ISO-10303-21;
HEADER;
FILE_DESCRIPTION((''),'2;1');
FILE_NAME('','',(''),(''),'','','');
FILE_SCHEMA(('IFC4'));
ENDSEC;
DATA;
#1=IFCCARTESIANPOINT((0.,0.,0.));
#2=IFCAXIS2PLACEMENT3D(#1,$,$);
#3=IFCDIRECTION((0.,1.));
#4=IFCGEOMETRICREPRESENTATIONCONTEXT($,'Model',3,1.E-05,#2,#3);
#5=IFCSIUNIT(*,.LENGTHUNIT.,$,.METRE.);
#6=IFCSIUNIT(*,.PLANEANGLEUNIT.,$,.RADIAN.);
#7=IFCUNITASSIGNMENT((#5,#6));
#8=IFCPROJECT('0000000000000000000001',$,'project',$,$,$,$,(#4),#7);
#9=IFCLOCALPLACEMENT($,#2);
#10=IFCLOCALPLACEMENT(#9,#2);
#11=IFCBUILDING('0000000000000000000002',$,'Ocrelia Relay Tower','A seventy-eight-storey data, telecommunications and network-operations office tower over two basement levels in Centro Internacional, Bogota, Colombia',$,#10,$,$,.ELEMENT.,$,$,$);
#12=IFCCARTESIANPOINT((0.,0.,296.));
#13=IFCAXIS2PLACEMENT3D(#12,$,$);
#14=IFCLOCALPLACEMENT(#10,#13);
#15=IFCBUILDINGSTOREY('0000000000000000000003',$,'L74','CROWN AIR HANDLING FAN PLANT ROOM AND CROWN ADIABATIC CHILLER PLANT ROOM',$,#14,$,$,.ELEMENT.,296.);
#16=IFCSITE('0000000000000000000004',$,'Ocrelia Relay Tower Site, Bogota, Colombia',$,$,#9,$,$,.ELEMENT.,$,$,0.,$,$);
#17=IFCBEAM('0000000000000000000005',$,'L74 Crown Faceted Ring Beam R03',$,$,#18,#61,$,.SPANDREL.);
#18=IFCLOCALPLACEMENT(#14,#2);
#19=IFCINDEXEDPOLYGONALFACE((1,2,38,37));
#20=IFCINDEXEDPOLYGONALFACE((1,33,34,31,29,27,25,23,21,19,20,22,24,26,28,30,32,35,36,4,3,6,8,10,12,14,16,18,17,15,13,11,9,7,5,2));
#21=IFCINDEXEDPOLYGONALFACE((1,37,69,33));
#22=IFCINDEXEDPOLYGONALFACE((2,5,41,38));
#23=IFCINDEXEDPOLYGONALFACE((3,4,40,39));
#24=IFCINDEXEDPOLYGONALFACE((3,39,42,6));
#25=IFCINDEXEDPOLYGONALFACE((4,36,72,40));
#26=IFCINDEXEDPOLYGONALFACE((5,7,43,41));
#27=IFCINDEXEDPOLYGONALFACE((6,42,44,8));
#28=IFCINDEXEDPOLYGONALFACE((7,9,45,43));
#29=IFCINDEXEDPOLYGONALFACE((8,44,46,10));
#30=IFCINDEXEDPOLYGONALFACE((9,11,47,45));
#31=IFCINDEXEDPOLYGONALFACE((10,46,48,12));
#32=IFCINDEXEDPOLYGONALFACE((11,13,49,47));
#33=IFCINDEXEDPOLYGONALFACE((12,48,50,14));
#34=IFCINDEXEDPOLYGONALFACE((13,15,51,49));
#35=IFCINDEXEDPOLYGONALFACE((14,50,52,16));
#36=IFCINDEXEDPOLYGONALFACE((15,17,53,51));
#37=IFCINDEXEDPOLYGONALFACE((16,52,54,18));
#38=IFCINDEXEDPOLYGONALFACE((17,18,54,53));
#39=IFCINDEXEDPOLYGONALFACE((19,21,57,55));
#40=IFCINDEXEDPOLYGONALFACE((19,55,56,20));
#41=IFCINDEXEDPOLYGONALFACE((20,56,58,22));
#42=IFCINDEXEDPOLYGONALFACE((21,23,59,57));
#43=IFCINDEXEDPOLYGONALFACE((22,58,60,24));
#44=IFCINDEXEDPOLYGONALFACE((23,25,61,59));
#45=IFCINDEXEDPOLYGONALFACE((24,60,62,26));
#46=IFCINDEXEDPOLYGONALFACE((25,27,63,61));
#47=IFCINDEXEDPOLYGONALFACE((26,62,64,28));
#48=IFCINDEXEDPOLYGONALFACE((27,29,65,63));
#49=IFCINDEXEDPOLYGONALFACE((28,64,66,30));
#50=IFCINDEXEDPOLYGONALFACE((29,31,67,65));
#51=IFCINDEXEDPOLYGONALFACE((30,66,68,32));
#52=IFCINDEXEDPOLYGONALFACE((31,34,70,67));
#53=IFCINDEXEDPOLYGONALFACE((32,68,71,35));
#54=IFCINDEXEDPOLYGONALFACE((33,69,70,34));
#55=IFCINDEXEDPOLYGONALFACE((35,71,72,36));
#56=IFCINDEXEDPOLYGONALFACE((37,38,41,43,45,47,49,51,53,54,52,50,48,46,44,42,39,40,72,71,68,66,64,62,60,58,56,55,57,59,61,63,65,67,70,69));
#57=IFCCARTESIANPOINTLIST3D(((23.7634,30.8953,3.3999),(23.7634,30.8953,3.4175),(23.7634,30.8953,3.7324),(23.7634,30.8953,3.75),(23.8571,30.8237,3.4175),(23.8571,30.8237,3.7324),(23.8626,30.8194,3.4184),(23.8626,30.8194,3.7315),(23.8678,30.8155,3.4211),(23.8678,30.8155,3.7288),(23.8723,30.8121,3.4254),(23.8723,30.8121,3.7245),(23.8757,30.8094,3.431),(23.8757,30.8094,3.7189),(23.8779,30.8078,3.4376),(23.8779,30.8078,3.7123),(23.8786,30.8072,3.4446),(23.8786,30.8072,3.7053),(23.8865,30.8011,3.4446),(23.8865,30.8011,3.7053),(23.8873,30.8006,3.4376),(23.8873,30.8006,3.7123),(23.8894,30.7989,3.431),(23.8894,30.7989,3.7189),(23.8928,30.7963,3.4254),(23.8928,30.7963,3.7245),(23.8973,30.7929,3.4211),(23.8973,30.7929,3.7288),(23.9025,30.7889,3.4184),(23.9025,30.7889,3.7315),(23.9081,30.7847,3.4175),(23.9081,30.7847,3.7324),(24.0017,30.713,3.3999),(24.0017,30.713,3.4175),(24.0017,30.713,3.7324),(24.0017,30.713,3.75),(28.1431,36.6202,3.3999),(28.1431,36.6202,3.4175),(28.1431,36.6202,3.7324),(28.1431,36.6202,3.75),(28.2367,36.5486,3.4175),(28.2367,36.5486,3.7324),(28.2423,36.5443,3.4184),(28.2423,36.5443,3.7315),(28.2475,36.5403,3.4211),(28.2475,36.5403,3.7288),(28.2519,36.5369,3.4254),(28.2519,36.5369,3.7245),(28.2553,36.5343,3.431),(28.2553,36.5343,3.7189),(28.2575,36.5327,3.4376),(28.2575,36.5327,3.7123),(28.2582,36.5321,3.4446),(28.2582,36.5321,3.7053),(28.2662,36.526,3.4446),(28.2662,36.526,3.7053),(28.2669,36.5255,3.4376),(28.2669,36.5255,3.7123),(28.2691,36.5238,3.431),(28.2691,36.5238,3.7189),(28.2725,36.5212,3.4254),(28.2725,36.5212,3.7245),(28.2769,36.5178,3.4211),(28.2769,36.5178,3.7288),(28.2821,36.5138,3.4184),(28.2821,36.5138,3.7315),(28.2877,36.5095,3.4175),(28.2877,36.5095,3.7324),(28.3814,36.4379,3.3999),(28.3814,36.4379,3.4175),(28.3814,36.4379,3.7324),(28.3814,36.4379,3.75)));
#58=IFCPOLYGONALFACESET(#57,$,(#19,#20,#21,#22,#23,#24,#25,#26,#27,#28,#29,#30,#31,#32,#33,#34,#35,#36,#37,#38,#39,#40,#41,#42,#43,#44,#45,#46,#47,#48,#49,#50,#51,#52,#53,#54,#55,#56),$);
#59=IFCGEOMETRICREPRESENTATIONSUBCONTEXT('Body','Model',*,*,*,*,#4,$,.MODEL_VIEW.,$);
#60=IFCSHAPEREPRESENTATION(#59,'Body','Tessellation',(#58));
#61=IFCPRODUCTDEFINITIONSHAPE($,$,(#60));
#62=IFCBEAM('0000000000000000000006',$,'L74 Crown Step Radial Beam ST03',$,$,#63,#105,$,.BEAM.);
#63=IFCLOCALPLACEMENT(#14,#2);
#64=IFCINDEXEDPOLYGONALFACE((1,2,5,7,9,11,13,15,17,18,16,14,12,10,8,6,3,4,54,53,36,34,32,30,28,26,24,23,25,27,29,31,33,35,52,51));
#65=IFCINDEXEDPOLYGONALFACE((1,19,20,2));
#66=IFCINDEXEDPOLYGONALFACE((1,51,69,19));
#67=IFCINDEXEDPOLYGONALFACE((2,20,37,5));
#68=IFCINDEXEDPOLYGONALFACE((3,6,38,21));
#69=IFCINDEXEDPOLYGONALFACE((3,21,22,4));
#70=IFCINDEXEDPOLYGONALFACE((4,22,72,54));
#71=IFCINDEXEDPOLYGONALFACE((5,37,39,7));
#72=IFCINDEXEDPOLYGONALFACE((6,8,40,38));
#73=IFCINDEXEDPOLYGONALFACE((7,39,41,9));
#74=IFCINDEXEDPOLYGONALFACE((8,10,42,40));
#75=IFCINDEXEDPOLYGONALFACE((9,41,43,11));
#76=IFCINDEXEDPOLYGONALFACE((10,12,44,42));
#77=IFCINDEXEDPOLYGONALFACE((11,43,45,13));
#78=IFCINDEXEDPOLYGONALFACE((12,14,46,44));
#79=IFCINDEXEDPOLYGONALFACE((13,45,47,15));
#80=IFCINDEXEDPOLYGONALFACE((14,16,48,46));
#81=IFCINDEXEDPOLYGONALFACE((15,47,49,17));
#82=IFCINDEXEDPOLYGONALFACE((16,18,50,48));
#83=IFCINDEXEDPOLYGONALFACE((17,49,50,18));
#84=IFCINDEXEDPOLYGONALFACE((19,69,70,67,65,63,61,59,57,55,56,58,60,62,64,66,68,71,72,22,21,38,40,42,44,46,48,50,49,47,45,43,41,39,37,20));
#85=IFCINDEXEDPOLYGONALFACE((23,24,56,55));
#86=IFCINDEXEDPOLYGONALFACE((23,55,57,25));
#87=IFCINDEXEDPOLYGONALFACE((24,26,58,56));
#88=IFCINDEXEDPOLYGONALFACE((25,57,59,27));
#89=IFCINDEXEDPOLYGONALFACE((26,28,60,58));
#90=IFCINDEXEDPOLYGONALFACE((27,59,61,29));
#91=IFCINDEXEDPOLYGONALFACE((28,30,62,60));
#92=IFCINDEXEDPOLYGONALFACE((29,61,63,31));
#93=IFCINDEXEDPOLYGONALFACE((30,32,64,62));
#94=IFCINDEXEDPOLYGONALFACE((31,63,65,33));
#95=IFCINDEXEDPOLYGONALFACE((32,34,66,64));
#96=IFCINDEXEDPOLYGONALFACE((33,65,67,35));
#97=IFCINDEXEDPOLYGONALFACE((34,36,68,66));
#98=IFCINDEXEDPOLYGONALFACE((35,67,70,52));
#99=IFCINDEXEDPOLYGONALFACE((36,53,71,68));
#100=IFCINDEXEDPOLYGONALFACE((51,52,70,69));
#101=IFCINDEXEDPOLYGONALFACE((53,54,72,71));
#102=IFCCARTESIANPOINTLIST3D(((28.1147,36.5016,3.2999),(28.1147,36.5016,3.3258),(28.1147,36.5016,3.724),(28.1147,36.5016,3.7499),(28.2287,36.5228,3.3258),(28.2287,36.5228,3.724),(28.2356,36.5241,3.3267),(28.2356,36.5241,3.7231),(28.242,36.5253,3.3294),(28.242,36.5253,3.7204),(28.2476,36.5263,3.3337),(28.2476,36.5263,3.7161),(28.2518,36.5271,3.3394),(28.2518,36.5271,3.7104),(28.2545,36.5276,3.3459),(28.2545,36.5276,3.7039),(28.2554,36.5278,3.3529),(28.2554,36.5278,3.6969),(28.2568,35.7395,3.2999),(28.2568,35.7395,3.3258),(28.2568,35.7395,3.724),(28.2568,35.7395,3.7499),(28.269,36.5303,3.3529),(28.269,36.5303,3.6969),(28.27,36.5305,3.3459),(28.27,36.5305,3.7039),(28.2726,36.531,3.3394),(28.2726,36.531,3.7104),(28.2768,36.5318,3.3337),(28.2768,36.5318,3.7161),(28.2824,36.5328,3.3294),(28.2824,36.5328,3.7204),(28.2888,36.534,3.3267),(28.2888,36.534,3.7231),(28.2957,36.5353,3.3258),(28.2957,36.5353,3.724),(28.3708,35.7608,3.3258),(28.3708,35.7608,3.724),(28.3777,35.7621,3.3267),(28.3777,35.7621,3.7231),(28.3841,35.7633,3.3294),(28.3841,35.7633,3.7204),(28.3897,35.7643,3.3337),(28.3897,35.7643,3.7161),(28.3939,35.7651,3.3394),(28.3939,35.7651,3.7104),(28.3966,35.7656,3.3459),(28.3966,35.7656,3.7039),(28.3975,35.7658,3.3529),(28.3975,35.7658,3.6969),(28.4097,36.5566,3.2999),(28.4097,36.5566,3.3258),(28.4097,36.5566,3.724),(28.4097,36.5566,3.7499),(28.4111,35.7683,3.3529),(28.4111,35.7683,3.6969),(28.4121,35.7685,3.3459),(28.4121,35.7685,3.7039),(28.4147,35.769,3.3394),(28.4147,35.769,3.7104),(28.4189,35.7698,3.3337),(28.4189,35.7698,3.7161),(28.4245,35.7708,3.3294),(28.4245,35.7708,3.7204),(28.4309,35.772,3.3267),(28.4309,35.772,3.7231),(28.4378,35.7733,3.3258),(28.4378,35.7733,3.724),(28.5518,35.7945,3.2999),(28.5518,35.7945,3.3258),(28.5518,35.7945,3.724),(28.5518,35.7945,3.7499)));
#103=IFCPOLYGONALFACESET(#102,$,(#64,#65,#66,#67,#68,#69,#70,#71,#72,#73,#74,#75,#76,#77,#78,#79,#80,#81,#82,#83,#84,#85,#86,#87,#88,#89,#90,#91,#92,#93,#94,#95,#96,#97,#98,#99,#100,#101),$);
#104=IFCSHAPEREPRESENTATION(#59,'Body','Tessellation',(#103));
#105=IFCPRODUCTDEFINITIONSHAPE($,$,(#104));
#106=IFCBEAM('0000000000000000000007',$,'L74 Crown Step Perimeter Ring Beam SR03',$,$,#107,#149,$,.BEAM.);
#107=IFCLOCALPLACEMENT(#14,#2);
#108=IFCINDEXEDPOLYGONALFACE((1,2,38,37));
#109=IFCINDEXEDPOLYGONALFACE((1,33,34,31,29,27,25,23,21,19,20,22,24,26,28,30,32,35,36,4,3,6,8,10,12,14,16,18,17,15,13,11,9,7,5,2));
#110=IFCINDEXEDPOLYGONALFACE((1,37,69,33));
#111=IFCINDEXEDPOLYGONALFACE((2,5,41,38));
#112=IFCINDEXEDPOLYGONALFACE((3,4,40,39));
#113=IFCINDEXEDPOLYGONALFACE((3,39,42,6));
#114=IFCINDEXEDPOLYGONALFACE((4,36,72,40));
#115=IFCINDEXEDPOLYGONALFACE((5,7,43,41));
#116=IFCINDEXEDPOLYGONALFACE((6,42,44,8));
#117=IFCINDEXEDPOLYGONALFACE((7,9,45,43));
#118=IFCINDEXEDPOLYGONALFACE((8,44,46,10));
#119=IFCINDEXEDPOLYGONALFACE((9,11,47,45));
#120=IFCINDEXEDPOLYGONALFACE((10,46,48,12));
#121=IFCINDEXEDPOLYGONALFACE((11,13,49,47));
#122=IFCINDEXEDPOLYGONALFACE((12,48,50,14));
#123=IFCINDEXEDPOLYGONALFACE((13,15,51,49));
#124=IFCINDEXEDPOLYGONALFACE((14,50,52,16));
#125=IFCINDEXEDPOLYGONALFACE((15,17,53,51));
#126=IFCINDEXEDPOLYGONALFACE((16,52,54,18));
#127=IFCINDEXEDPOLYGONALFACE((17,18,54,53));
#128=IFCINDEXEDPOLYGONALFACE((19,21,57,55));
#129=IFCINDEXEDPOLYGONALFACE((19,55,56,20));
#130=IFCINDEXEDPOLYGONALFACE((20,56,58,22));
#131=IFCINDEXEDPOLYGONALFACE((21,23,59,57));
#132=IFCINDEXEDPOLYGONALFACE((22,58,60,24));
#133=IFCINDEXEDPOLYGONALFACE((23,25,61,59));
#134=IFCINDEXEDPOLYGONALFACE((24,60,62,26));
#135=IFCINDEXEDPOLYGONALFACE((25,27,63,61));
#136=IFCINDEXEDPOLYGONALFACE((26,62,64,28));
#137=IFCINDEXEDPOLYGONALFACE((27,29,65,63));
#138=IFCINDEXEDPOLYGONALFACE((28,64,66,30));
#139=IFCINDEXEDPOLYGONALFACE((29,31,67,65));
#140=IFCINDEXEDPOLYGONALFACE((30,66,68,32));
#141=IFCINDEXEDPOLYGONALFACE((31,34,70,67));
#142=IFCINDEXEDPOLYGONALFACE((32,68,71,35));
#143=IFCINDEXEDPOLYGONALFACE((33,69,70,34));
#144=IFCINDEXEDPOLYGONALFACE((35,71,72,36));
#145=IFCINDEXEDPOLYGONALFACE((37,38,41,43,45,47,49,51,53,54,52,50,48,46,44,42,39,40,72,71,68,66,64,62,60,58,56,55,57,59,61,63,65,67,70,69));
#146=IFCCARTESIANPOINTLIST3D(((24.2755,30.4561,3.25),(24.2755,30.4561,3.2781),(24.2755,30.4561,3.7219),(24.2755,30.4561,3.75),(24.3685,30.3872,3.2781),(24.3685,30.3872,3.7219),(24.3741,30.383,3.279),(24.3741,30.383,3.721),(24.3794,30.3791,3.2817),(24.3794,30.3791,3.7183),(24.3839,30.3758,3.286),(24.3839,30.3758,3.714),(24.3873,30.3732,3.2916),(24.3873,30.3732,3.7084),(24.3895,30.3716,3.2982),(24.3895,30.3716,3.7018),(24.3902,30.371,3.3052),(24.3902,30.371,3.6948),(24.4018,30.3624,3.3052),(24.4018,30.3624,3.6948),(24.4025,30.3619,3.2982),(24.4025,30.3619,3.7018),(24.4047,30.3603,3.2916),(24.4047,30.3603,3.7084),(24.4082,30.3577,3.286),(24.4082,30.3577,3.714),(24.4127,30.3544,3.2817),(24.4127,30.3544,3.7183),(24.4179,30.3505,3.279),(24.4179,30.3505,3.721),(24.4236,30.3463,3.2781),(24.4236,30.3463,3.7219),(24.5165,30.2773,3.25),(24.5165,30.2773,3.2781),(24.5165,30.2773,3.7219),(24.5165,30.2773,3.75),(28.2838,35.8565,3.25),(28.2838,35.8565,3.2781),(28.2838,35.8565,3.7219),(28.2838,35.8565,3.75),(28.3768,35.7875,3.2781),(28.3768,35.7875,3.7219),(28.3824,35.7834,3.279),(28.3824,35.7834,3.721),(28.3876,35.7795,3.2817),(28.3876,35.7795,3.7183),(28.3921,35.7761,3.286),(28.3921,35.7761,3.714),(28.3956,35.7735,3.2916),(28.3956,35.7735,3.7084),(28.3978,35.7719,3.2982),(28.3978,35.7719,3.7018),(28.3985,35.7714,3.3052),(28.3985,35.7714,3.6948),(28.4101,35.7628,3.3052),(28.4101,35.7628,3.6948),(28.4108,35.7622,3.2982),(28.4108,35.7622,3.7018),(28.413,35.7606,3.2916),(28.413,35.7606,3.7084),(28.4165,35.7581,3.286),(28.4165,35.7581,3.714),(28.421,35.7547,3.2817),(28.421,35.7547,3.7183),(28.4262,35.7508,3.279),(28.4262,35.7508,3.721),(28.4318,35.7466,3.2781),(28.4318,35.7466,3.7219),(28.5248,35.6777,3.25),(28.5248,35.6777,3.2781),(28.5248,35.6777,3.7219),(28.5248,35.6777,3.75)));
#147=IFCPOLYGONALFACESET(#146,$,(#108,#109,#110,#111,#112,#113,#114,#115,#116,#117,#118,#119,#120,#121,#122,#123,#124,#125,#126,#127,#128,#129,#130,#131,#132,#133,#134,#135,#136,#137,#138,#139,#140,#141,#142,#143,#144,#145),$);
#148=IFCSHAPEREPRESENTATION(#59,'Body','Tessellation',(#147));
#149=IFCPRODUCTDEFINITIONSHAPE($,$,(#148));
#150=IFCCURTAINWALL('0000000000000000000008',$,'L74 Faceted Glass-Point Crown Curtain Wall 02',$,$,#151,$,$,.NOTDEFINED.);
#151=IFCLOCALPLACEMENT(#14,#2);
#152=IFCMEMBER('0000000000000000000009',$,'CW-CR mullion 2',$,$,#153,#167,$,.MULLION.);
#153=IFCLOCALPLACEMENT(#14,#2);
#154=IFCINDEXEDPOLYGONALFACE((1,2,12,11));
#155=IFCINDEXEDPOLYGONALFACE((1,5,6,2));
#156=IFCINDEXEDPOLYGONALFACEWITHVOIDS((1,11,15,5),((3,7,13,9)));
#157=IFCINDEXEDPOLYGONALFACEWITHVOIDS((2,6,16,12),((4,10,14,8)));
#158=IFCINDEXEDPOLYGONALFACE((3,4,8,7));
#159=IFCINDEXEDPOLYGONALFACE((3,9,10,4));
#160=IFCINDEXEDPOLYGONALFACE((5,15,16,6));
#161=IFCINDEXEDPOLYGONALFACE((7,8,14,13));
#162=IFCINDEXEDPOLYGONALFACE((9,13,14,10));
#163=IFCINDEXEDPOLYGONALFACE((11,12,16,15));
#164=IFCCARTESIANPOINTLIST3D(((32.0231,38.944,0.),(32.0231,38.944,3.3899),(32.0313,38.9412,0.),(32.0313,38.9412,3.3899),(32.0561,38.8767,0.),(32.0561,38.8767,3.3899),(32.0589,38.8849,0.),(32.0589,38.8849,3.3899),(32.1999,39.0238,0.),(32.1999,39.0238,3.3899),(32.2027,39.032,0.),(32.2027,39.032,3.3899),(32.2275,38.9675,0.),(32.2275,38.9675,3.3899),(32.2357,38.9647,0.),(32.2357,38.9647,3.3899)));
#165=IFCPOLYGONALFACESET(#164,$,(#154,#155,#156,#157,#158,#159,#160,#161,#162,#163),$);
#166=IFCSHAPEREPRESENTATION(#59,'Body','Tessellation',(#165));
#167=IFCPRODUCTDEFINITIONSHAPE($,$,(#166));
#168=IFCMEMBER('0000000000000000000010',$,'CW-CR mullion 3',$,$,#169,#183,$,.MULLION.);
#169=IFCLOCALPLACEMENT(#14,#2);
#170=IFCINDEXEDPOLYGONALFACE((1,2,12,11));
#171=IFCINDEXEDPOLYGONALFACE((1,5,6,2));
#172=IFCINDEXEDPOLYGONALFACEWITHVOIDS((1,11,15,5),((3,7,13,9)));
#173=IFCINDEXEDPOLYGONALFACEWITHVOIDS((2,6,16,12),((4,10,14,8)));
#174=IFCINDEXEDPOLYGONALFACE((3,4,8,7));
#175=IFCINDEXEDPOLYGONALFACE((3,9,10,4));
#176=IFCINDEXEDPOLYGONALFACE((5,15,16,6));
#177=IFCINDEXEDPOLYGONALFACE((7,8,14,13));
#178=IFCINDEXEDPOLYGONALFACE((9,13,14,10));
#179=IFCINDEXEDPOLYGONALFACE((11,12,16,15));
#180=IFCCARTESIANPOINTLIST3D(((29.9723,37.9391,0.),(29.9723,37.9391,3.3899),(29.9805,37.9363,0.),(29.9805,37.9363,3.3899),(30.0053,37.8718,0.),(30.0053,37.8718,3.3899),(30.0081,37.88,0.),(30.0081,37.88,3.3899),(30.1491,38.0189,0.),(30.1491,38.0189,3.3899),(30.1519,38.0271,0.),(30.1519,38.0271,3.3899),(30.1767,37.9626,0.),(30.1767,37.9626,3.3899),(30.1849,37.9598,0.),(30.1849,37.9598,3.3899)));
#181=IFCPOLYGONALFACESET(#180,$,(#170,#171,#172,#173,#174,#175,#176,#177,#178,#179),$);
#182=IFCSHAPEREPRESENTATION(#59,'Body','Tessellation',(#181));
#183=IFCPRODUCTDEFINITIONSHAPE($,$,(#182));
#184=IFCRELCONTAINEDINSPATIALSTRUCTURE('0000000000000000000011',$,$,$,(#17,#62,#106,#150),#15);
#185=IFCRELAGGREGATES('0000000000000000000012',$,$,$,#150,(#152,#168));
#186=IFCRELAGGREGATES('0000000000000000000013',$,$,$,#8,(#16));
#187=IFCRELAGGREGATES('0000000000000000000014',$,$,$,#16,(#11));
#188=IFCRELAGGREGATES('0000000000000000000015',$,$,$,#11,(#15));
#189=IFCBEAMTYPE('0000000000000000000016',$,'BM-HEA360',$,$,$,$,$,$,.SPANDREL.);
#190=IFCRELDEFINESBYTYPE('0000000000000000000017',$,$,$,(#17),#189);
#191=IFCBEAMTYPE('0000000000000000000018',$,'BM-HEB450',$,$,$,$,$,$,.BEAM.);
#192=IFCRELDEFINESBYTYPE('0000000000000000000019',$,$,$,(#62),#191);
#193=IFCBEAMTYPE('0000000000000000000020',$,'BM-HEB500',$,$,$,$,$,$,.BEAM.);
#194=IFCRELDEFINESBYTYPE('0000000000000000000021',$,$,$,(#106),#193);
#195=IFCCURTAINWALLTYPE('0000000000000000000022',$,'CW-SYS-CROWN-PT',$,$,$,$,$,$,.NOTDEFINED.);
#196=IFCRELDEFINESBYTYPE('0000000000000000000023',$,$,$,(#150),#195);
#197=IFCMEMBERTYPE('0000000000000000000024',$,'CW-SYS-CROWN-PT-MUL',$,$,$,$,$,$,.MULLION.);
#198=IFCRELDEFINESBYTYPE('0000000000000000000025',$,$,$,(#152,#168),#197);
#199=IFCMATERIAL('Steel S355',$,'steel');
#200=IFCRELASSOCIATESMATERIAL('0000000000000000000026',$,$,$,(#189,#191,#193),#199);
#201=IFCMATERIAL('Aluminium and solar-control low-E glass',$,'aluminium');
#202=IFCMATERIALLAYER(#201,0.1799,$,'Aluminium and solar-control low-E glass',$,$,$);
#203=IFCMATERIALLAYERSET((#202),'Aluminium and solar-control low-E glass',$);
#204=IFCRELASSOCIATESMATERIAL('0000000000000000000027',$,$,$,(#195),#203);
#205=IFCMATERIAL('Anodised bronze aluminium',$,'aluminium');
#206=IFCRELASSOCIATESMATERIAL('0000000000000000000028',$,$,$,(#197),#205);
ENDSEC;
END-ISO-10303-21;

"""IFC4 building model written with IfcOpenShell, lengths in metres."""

from ifc_helpers import new_model, si_unit, direction, frame, origin, origin_2d, place, context, subcontext, project, spatial, hollow_rectangle, i_section, extrude, material, layer, layer_set, material_profile, profile_set, type_object, element, aggregate, save


model = new_model("IFC4")

# Units and contexts
model_context = context("Model", 3, precision=1e-05, world=origin(), true_north=direction((0.0, 1.0)))
body_context = subcontext(model_context, "Body", "Model", "MODEL_VIEW")
ifc_project = project(units=[si_unit("LENGTHUNIT", "METRE"), si_unit("PLANEANGLEUNIT", "RADIAN")], contexts=[model_context])

# Site, building, storey
site_placement = place(None, origin())
site = spatial("IfcSite", under=ifc_project, at=site_placement, Name="Ocrelia Relay Tower Site, Bogota, Colombia", CompositionType="ELEMENT", RefElevation=0.0)
building_placement = place(site_placement, origin())
building = spatial("IfcBuilding", under=site, at=building_placement, Name="Ocrelia Relay Tower", Description="A seventy-eight-storey data, telecommunications and network-operations office tower over two basement levels in Centro Internacional, Bogota, Colombia", CompositionType="ELEMENT")
storey_placement = place(building_placement, frame((0.0, 0.0, 296.0)))
storey = spatial("IfcBuildingStorey", under=building, at=storey_placement, Name="L74", Description="CROWN AIR HANDLING FAN PLANT ROOM AND CROWN ADIABATIC CHILLER PLANT ROOM", CompositionType="ELEMENT", Elevation=296.0)

# Beams
ifc_material_1 = material(Name="Steel S355", Category="steel")
ifc_material_profile_1 = material_profile(ifc_material_1, i_section(OverallWidth=0.3, OverallDepth=0.3501, WebThickness=0.01, FlangeThickness=0.0176, FilletRadius=0.0271, at=origin_2d()), Name="HEA 360")
ifc_profile_set_1 = profile_set([ifc_material_profile_1], Name="Steel S355")
beam_type_1 = type_object("IfcBeamType", Name="BM-HEA360", PredefinedType="SPANDREL", material=ifc_profile_set_1)
beam_1_placement = place(storey_placement, frame((28.2622, 36.5291, 3.575), z_axis=(-0.607609, -0.794237, 0.0), x_axis=(0.794237, -0.607609, 0.0)))
element("IfcBeam", 1, at=beam_1_placement, inside=storey, type_object=beam_type_1, Name="L74 Crown Faceted Ring Beam R03", PredefinedType="SPANDREL", context=body_context, shape_type="SweptSolid", body=[
    extrude(i_section(OverallWidth=0.3, OverallDepth=0.3501, WebThickness=0.01, FlangeThickness=0.0176, FilletRadius=0.0271, at=origin_2d()), origin(), (0.0, 0.0, 1.0), 7.208),
])
ifc_material_profile_2 = material_profile(ifc_material_1, i_section(OverallWidth=0.3, OverallDepth=0.45, WebThickness=0.0139, FlangeThickness=0.0259, FilletRadius=0.0271, at=origin_2d()), Name="HEB 450")
ifc_profile_set_2 = profile_set([ifc_material_profile_2], Name="Steel S355")
beam_type_2 = type_object("IfcBeamType", Name="BM-HEB450", PredefinedType="BEAM", material=ifc_profile_set_2)
beam_2_placement = place(storey_placement, frame((28.2622, 36.5291, 3.5249), z_axis=(0.183319, -0.983054, 0.0), x_axis=(0.983054, 0.183319, 0.0)))
element("IfcBeam", 2, at=beam_2_placement, inside=storey, type_object=beam_type_2, Name="L74 Crown Step Radial Beam ST03", PredefinedType="BEAM", context=body_context, shape_type="SweptSolid", body=[
    extrude(i_section(OverallWidth=0.3, OverallDepth=0.45, WebThickness=0.0139, FlangeThickness=0.0259, FilletRadius=0.0271, at=origin_2d()), origin(), (0.0, 0.0, 1.0), 0.7751),
])
ifc_material_profile_3 = material_profile(ifc_material_1, i_section(OverallWidth=0.3, OverallDepth=0.5, WebThickness=0.0144, FlangeThickness=0.0281, FilletRadius=0.0271, at=origin_2d()), Name="HEB 500")
ifc_profile_set_3 = profile_set([ifc_material_profile_3], Name="Steel S355")
beam_type_3 = type_object("IfcBeamType", Name="BM-HEB500", PredefinedType="BEAM", material=ifc_profile_set_3)
beam_3_placement = place(storey_placement, frame((28.4043, 35.7671, 3.5), z_axis=(-0.595996, -0.802987, 0.0), x_axis=(0.802987, -0.595996, 0.0)))
element("IfcBeam", 3, at=beam_3_placement, inside=storey, type_object=beam_type_3, Name="L74 Crown Step Perimeter Ring Beam SR03", PredefinedType="BEAM", context=body_context, shape_type="SweptSolid", body=[
    extrude(i_section(OverallWidth=0.3, OverallDepth=0.5, WebThickness=0.0144, FlangeThickness=0.0281, FilletRadius=0.0271, at=origin_2d()), origin(), (0.0, 0.0, 1.0), 6.7253),
])

# Curtain wall, members
ifc_material_2 = material(Name="Aluminium and solar-control low-E glass", Category="aluminium")
ifc_layer_1 = layer(ifc_material_2, 0.1799, Name="Aluminium and solar-control low-E glass")
ifc_layer_set_1 = layer_set([ifc_layer_1], Name="Aluminium and solar-control low-E glass")
curtain_wall_type = type_object("IfcCurtainWallType", Name="CW-SYS-CROWN-PT", PredefinedType="NOTDEFINED", material=ifc_layer_set_1)
curtain_wall_1_placement = place(storey_placement, origin())
curtain_wall_1 = element("IfcCurtainWall", 4, at=curtain_wall_1_placement, inside=storey, type_object=curtain_wall_type, Name="L74 Faceted Glass-Point Crown Curtain Wall 02", PredefinedType="NOTDEFINED")
ifc_material_3 = material(Name="Anodised bronze aluminium", Category="aluminium")
ifc_material_profile_4 = material_profile(ifc_material_3, hollow_rectangle(XDim=0.075, YDim=0.2, WallThickness=0.0061, at=origin_2d()), Name="CW-MUL-200x75")
ifc_profile_set_4 = profile_set([ifc_material_profile_4], Name="Anodised bronze aluminium")
member_type_1 = type_object("IfcMemberType", Name="CW-SYS-CROWN-PT-MUL", PredefinedType="MULLION", material=ifc_profile_set_4)
member_1_placement = place(storey_placement, frame((32.1294, 38.9543, 0.0), z_axis=(0.0, 0.0, 1.0), x_axis=(0.440059, -0.897969, 0.0)))
member_1 = element("IfcMember", 5, at=member_1_placement, type_object=member_type_1, Name="CW-CR mullion 2", PredefinedType="MULLION", context=body_context, shape_type="SweptSolid", body=[
    extrude(hollow_rectangle(XDim=0.075, YDim=0.2, WallThickness=0.0061, at=origin_2d()), origin(), (0.0, 0.0, 1.0), 3.3899),
])
member_2_placement = place(storey_placement, frame((30.0786, 37.9495, 0.0), z_axis=(0.0, 0.0, 1.0), x_axis=(0.440059, -0.897969, 0.0)))
member_2 = element("IfcMember", 6, at=member_2_placement, type_object=member_type_1, Name="CW-CR mullion 3", PredefinedType="MULLION", context=body_context, shape_type="SweptSolid", body=[
    extrude(hollow_rectangle(XDim=0.075, YDim=0.2, WallThickness=0.0061, at=origin_2d()), origin(), (0.0, 0.0, 1.0), 3.3899),
])

aggregate(curtain_wall_1, [member_1, member_2])

save(model, "model.ifc")
